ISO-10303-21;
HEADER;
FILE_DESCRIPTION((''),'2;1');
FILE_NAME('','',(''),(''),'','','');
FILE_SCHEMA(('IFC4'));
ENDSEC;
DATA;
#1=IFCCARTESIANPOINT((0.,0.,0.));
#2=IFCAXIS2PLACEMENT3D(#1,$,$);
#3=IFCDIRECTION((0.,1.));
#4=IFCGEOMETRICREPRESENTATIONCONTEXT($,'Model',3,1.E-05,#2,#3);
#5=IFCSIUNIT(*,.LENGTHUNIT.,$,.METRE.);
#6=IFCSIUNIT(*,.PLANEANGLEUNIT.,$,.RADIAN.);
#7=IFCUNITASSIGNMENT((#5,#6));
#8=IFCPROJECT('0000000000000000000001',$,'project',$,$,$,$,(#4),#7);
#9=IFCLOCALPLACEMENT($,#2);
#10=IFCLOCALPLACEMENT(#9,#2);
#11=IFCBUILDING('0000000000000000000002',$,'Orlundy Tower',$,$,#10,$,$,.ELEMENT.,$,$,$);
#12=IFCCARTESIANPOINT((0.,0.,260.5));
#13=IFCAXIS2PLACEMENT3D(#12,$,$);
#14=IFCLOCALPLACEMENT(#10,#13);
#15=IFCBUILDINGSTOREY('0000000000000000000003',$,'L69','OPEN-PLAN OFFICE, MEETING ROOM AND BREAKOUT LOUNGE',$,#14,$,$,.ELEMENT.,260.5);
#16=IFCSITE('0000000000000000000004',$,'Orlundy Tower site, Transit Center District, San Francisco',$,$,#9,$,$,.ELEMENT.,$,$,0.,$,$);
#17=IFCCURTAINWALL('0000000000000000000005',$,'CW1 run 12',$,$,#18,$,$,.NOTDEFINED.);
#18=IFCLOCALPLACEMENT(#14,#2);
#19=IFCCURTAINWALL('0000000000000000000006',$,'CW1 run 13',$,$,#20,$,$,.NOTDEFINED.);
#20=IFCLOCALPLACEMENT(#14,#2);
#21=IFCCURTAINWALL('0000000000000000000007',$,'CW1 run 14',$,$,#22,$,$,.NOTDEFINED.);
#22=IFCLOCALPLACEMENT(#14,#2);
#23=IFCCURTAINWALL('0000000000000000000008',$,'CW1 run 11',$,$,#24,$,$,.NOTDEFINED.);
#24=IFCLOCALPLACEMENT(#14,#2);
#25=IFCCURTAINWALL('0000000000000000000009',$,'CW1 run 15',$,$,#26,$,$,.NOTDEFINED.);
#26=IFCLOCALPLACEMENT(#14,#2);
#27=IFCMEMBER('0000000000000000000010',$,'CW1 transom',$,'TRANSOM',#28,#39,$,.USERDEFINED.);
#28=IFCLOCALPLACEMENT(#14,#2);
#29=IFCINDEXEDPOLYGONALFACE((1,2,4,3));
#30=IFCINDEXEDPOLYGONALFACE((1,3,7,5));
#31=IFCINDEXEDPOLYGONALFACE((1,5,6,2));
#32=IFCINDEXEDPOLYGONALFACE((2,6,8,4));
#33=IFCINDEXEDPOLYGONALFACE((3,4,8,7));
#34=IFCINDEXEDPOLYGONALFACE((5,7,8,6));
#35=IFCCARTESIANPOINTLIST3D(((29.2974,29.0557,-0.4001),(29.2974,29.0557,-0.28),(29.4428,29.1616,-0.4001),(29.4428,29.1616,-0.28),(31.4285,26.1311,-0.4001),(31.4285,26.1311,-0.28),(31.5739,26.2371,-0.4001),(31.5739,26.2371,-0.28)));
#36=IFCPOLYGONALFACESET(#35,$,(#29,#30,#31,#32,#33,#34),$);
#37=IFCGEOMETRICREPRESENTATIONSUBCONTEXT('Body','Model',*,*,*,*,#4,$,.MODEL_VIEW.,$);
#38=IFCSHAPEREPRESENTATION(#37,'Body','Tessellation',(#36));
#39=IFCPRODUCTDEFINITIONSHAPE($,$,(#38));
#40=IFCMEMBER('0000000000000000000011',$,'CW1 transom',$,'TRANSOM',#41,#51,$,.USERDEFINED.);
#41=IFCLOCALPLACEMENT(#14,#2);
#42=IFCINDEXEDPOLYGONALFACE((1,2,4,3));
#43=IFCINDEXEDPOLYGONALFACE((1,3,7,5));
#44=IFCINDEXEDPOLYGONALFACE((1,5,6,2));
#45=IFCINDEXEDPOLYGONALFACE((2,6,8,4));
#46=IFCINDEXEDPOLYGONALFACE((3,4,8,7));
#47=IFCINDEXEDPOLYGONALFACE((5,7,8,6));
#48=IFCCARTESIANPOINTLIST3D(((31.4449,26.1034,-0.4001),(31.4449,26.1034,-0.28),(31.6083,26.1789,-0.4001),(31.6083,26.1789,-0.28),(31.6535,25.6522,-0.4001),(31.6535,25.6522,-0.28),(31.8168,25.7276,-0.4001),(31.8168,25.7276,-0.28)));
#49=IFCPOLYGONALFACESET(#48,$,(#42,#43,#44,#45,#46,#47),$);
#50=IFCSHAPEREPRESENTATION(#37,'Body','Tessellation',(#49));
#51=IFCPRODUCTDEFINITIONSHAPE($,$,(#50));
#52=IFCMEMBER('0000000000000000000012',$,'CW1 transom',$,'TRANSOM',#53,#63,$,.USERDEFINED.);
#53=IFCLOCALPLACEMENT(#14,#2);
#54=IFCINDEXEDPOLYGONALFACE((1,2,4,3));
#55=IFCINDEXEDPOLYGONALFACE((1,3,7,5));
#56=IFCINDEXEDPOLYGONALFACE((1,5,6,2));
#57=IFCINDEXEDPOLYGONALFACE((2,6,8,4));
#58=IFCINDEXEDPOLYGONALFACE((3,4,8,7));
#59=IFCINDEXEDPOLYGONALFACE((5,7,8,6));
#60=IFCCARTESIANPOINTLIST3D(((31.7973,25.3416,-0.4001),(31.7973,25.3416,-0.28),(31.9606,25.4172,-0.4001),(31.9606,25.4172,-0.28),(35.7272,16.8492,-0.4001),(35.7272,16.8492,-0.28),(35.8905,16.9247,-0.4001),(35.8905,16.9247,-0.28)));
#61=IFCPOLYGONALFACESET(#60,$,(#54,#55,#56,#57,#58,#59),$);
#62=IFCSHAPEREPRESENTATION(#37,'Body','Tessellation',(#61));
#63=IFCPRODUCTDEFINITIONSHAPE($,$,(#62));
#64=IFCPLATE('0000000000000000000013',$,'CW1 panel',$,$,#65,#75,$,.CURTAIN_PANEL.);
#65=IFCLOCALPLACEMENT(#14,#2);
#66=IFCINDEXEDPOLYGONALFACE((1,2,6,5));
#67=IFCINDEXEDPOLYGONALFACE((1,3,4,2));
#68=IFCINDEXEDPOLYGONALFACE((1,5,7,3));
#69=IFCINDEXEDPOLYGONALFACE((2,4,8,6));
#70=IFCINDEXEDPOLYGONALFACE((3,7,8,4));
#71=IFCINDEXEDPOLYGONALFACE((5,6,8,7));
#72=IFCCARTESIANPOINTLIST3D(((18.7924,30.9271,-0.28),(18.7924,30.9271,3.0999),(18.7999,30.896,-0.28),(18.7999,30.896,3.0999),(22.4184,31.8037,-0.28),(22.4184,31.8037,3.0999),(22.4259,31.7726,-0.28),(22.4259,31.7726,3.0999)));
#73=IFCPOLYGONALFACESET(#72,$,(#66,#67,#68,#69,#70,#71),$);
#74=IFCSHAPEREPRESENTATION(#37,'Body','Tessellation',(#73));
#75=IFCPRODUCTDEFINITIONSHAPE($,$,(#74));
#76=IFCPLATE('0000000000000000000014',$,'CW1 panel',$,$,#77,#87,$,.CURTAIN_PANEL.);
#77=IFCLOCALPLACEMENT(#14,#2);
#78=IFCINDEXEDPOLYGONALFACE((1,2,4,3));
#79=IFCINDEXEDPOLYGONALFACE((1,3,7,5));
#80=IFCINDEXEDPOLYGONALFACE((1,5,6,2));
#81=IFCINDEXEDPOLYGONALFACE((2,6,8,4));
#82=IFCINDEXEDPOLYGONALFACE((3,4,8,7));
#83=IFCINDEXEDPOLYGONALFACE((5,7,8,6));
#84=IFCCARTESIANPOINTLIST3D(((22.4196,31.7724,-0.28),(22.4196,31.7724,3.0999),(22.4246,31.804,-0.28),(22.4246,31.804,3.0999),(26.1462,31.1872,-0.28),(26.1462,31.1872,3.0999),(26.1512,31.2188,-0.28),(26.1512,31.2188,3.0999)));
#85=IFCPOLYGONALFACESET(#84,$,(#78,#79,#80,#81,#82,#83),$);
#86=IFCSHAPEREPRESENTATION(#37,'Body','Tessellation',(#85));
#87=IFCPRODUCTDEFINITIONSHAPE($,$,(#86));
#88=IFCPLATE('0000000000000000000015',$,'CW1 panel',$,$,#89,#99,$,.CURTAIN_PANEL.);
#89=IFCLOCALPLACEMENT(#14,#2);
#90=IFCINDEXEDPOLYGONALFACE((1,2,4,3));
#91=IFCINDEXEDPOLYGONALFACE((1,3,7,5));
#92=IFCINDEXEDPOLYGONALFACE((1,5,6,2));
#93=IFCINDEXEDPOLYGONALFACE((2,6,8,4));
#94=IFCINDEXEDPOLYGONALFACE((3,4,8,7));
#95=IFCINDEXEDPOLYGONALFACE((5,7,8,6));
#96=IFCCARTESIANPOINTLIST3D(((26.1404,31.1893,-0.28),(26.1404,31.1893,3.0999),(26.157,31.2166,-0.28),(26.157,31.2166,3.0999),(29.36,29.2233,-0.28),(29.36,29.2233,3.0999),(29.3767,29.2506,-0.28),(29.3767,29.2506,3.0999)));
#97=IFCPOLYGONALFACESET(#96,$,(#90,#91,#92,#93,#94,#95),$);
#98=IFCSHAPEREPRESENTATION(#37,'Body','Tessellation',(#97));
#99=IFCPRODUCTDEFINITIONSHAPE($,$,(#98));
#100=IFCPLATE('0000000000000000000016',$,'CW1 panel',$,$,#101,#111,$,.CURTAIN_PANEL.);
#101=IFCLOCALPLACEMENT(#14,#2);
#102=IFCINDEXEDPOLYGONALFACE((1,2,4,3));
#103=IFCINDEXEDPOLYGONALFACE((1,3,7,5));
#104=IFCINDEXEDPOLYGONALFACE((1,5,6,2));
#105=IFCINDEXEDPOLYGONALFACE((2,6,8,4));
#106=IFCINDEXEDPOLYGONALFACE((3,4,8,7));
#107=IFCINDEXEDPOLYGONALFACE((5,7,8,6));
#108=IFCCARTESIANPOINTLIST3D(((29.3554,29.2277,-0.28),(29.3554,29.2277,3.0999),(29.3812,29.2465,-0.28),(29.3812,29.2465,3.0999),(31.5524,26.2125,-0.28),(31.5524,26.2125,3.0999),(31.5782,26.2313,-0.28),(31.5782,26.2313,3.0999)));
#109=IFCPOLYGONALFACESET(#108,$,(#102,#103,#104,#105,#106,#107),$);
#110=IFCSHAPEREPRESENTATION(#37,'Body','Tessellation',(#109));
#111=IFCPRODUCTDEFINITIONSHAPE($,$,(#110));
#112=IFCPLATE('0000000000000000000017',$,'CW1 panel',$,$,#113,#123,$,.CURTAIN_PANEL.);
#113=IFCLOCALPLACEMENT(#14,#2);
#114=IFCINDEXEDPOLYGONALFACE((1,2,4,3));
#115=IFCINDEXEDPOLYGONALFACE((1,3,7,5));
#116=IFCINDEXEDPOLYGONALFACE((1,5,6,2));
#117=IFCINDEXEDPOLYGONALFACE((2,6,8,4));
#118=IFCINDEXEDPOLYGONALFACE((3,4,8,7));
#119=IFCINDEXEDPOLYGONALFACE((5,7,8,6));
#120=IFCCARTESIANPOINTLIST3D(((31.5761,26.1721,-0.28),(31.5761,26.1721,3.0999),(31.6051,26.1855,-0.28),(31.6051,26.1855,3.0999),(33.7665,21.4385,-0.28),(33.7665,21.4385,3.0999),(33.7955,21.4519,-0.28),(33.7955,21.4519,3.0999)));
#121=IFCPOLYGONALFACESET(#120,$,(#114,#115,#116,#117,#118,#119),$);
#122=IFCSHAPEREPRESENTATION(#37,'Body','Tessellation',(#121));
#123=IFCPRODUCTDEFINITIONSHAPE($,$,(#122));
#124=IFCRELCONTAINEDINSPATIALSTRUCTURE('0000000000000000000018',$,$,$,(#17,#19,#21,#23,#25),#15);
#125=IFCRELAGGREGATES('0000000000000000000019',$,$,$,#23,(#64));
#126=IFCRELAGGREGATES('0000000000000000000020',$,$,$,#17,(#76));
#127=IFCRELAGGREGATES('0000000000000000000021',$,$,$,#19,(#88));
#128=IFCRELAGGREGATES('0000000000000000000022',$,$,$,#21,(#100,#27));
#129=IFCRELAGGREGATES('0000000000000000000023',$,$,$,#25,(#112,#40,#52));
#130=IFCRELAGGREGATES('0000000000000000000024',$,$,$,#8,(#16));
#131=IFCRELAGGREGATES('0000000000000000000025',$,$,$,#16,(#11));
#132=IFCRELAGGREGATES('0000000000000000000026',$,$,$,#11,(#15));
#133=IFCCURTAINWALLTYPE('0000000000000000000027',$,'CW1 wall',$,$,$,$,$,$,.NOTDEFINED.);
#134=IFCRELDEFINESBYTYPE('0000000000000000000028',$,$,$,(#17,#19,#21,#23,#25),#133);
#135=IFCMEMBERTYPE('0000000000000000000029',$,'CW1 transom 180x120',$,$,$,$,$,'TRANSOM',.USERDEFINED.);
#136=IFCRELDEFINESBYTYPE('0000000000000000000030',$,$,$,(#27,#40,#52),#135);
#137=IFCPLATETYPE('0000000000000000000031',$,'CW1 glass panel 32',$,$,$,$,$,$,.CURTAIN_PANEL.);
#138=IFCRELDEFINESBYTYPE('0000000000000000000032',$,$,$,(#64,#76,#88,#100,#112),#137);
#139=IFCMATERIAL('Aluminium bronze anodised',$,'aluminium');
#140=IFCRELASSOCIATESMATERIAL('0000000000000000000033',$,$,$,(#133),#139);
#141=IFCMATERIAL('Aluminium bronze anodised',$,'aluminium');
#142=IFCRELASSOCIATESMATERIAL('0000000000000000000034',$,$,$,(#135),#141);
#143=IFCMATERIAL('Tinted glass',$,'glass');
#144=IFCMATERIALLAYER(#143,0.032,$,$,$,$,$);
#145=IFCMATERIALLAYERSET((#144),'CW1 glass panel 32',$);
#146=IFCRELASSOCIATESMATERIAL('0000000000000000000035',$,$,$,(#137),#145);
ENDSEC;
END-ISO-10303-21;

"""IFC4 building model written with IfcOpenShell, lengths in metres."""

from ifc_helpers import new_model, si_unit, direction, frame, origin, origin_2d, place, context, subcontext, project, spatial, rectangle, extrude, material, layer, layer_set, material_profile, profile_set, type_object, element, aggregate, save


model = new_model("IFC4")

# Units and contexts
model_context = context("Model", 3, precision=1e-05, world=origin(), true_north=direction((0.0, 1.0)))
body_context = subcontext(model_context, "Body", "Model", "MODEL_VIEW")
ifc_project = project(units=[si_unit("LENGTHUNIT", "METRE"), si_unit("PLANEANGLEUNIT", "RADIAN")], contexts=[model_context])

# Site, building, storey
site_placement = place(None, origin())
site = spatial("IfcSite", under=ifc_project, at=site_placement, Name="Orlundy Tower site, Transit Center District, San Francisco", CompositionType="ELEMENT", RefElevation=0.0)
building_placement = place(site_placement, origin())
building = spatial("IfcBuilding", under=site, at=building_placement, Name="Orlundy Tower", CompositionType="ELEMENT")
storey_placement = place(building_placement, frame((0.0, 0.0, 260.5)))
storey = spatial("IfcBuildingStorey", under=building, at=storey_placement, Name="L69", Description="OPEN-PLAN OFFICE, MEETING ROOM AND BREAKOUT LOUNGE", CompositionType="ELEMENT", Elevation=260.5)

# Curtain walls
ifc_material_1 = material(Name="Aluminium bronze anodised", Category="aluminium")
curtain_wall_type = type_object("IfcCurtainWallType", Name="CW1 wall", PredefinedType="NOTDEFINED", material=ifc_material_1)
curtain_wall_1_placement = place(storey_placement, origin())
curtain_wall_1 = element("IfcCurtainWall", 1, at=curtain_wall_1_placement, inside=storey, type_object=curtain_wall_type, Name="CW1 run 12", PredefinedType="NOTDEFINED")
curtain_wall_2_placement = place(storey_placement, origin())
curtain_wall_2 = element("IfcCurtainWall", 2, at=curtain_wall_2_placement, inside=storey, type_object=curtain_wall_type, Name="CW1 run 13", PredefinedType="NOTDEFINED")
curtain_wall_3_placement = place(storey_placement, origin())
curtain_wall_3 = element("IfcCurtainWall", 3, at=curtain_wall_3_placement, inside=storey, type_object=curtain_wall_type, Name="CW1 run 14", PredefinedType="NOTDEFINED")
curtain_wall_4_placement = place(storey_placement, origin())
curtain_wall_4 = element("IfcCurtainWall", 4, at=curtain_wall_4_placement, inside=storey, type_object=curtain_wall_type, Name="CW1 run 11", PredefinedType="NOTDEFINED")

# Curtain wall
curtain_wall_5_placement = place(storey_placement, origin())
curtain_wall_5 = element("IfcCurtainWall", 5, at=curtain_wall_5_placement, inside=storey, type_object=curtain_wall_type, Name="CW1 run 15", PredefinedType="NOTDEFINED")

# Members
ifc_material_2 = material(Name="Aluminium bronze anodised", Category="aluminium")
ifc_material_profile_1 = material_profile(ifc_material_2, rectangle(XDim=0.1799, YDim=0.1201, at=origin_2d()), Name="CW1 transom 180x120")
ifc_profile_set_1 = profile_set([ifc_material_profile_1], Name="Aluminium bronze anodised")
member_type_1 = type_object("IfcMemberType", Name="CW1 transom 180x120", ElementType="TRANSOM", PredefinedType="USERDEFINED", material=ifc_profile_set_1)
member_1_placement = place(storey_placement, frame((29.3701, 29.1086, -0.3401), z_axis=(0.588922, -0.80819, 0.0), x_axis=(0.80819, 0.588922, 0.0)))
member_1 = element("IfcMember", 6, at=member_1_placement, type_object=member_type_1, Name="CW1 transom", ObjectType="TRANSOM", PredefinedType="USERDEFINED", context=body_context, shape_type="SweptSolid", body=[
    extrude(rectangle(XDim=0.1799, YDim=0.1201, at=origin_2d()), origin(), (0.0, 0.0, 1.0), 3.6187),
])
member_2_placement = place(storey_placement, frame((31.5266, 26.1411, -0.3401), z_axis=(0.419494, -0.907758, 0.0), x_axis=(0.907758, 0.419494, 0.0)))
member_2 = element("IfcMember", 7, at=member_2_placement, type_object=member_type_1, Name="CW1 transom", ObjectType="TRANSOM", PredefinedType="USERDEFINED", context=body_context, shape_type="SweptSolid", body=[
    extrude(rectangle(XDim=0.1799, YDim=0.1201, at=origin_2d()), origin(), (0.0, 0.0, 1.0), 0.4971),
])
member_3_placement = place(storey_placement, frame((31.8789, 25.3794, -0.3401), z_axis=(0.41997, -0.907538, 0.0), x_axis=(0.907538, 0.41997, 0.0)))
member_3 = element("IfcMember", 8, at=member_3_placement, type_object=member_type_1, Name="CW1 transom", ObjectType="TRANSOM", PredefinedType="USERDEFINED", context=body_context, shape_type="SweptSolid", body=[
    extrude(rectangle(XDim=0.1799, YDim=0.1201, at=origin_2d()), origin(), (0.0, 0.0, 1.0), 9.3577),
])

# Plates
ifc_material_3 = material(Name="Tinted glass", Category="glass")
ifc_layer = layer(ifc_material_3, 0.032)
ifc_layer_set = layer_set([ifc_layer], Name="CW1 glass panel 32")
plate_type = type_object("IfcPlateType", Name="CW1 glass panel 32", PredefinedType="CURTAIN_PANEL", material=ifc_layer_set)
plate_1_placement = place(storey_placement, frame((20.6091, 31.3499, -0.28), z_axis=(0.0, 0.0, 1.0), x_axis=(0.972002, 0.234975, 0.0)))
plate_1 = element("IfcPlate", 9, at=plate_1_placement, type_object=plate_type, Name="CW1 panel", PredefinedType="CURTAIN_PANEL", context=body_context, shape_type="SweptSolid", body=[
    extrude(rectangle(XDim=3.7305, YDim=0.032, at=origin_2d()), origin(), (0.0, 0.0, 1.0), 3.3799),
])
aggregate(curtain_wall_4, [plate_1])
plate_2_placement = place(storey_placement, frame((24.2854, 31.4956, -0.28), z_axis=(0.0, 0.0, 1.0), x_axis=(0.987896, -0.155117, 0.0)))
plate_2 = element("IfcPlate", 10, at=plate_2_placement, type_object=plate_type, Name="CW1 panel", PredefinedType="CURTAIN_PANEL", context=body_context, shape_type="SweptSolid", body=[
    extrude(rectangle(XDim=3.7722, YDim=0.032, at=origin_2d()), origin(), (0.0, 0.0, 1.0), 3.3799),
])
aggregate(curtain_wall_1, [plate_2])
plate_3_placement = place(storey_placement, frame((27.7585, 30.22, -0.28), z_axis=(0.0, 0.0, 1.0), x_axis=(0.853468, -0.521144, 0.0)))
plate_3 = element("IfcPlate", 11, at=plate_3_placement, type_object=plate_type, Name="CW1 panel", PredefinedType="CURTAIN_PANEL", context=body_context, shape_type="SweptSolid", body=[
    extrude(rectangle(XDim=3.7725, YDim=0.032, at=origin_2d()), origin(), (0.0, 0.0, 1.0), 3.3799),
])
aggregate(curtain_wall_2, [plate_3])
plate_4_placement = place(storey_placement, frame((30.4668, 27.7295, -0.28), z_axis=(0.0, 0.0, 1.0), x_axis=(0.588893, -0.808211, 0.0)))
plate_4 = element("IfcPlate", 12, at=plate_4_placement, type_object=plate_type, Name="CW1 panel", PredefinedType="CURTAIN_PANEL", context=body_context, shape_type="SweptSolid", body=[
    extrude(rectangle(XDim=3.7307, YDim=0.032, at=origin_2d()), origin(), (0.0, 0.0, 1.0), 3.3799),
])
aggregate(curtain_wall_3, [plate_4, member_1])
plate_5_placement = place(storey_placement, frame((32.6858, 23.812, -0.28), z_axis=(0.0, 0.0, 1.0), x_axis=(0.419961, -0.907542, 0.0)))
plate_5 = element("IfcPlate", 13, at=plate_5_placement, type_object=plate_type, Name="CW1 panel", PredefinedType="CURTAIN_PANEL", context=body_context, shape_type="SweptSolid", body=[
    extrude(rectangle(XDim=5.2158, YDim=0.032, at=origin_2d()), origin(), (0.0, 0.0, 1.0), 3.3799),
])
aggregate(curtain_wall_5, [plate_5, member_2, member_3])

save(model, "model.ifc")
